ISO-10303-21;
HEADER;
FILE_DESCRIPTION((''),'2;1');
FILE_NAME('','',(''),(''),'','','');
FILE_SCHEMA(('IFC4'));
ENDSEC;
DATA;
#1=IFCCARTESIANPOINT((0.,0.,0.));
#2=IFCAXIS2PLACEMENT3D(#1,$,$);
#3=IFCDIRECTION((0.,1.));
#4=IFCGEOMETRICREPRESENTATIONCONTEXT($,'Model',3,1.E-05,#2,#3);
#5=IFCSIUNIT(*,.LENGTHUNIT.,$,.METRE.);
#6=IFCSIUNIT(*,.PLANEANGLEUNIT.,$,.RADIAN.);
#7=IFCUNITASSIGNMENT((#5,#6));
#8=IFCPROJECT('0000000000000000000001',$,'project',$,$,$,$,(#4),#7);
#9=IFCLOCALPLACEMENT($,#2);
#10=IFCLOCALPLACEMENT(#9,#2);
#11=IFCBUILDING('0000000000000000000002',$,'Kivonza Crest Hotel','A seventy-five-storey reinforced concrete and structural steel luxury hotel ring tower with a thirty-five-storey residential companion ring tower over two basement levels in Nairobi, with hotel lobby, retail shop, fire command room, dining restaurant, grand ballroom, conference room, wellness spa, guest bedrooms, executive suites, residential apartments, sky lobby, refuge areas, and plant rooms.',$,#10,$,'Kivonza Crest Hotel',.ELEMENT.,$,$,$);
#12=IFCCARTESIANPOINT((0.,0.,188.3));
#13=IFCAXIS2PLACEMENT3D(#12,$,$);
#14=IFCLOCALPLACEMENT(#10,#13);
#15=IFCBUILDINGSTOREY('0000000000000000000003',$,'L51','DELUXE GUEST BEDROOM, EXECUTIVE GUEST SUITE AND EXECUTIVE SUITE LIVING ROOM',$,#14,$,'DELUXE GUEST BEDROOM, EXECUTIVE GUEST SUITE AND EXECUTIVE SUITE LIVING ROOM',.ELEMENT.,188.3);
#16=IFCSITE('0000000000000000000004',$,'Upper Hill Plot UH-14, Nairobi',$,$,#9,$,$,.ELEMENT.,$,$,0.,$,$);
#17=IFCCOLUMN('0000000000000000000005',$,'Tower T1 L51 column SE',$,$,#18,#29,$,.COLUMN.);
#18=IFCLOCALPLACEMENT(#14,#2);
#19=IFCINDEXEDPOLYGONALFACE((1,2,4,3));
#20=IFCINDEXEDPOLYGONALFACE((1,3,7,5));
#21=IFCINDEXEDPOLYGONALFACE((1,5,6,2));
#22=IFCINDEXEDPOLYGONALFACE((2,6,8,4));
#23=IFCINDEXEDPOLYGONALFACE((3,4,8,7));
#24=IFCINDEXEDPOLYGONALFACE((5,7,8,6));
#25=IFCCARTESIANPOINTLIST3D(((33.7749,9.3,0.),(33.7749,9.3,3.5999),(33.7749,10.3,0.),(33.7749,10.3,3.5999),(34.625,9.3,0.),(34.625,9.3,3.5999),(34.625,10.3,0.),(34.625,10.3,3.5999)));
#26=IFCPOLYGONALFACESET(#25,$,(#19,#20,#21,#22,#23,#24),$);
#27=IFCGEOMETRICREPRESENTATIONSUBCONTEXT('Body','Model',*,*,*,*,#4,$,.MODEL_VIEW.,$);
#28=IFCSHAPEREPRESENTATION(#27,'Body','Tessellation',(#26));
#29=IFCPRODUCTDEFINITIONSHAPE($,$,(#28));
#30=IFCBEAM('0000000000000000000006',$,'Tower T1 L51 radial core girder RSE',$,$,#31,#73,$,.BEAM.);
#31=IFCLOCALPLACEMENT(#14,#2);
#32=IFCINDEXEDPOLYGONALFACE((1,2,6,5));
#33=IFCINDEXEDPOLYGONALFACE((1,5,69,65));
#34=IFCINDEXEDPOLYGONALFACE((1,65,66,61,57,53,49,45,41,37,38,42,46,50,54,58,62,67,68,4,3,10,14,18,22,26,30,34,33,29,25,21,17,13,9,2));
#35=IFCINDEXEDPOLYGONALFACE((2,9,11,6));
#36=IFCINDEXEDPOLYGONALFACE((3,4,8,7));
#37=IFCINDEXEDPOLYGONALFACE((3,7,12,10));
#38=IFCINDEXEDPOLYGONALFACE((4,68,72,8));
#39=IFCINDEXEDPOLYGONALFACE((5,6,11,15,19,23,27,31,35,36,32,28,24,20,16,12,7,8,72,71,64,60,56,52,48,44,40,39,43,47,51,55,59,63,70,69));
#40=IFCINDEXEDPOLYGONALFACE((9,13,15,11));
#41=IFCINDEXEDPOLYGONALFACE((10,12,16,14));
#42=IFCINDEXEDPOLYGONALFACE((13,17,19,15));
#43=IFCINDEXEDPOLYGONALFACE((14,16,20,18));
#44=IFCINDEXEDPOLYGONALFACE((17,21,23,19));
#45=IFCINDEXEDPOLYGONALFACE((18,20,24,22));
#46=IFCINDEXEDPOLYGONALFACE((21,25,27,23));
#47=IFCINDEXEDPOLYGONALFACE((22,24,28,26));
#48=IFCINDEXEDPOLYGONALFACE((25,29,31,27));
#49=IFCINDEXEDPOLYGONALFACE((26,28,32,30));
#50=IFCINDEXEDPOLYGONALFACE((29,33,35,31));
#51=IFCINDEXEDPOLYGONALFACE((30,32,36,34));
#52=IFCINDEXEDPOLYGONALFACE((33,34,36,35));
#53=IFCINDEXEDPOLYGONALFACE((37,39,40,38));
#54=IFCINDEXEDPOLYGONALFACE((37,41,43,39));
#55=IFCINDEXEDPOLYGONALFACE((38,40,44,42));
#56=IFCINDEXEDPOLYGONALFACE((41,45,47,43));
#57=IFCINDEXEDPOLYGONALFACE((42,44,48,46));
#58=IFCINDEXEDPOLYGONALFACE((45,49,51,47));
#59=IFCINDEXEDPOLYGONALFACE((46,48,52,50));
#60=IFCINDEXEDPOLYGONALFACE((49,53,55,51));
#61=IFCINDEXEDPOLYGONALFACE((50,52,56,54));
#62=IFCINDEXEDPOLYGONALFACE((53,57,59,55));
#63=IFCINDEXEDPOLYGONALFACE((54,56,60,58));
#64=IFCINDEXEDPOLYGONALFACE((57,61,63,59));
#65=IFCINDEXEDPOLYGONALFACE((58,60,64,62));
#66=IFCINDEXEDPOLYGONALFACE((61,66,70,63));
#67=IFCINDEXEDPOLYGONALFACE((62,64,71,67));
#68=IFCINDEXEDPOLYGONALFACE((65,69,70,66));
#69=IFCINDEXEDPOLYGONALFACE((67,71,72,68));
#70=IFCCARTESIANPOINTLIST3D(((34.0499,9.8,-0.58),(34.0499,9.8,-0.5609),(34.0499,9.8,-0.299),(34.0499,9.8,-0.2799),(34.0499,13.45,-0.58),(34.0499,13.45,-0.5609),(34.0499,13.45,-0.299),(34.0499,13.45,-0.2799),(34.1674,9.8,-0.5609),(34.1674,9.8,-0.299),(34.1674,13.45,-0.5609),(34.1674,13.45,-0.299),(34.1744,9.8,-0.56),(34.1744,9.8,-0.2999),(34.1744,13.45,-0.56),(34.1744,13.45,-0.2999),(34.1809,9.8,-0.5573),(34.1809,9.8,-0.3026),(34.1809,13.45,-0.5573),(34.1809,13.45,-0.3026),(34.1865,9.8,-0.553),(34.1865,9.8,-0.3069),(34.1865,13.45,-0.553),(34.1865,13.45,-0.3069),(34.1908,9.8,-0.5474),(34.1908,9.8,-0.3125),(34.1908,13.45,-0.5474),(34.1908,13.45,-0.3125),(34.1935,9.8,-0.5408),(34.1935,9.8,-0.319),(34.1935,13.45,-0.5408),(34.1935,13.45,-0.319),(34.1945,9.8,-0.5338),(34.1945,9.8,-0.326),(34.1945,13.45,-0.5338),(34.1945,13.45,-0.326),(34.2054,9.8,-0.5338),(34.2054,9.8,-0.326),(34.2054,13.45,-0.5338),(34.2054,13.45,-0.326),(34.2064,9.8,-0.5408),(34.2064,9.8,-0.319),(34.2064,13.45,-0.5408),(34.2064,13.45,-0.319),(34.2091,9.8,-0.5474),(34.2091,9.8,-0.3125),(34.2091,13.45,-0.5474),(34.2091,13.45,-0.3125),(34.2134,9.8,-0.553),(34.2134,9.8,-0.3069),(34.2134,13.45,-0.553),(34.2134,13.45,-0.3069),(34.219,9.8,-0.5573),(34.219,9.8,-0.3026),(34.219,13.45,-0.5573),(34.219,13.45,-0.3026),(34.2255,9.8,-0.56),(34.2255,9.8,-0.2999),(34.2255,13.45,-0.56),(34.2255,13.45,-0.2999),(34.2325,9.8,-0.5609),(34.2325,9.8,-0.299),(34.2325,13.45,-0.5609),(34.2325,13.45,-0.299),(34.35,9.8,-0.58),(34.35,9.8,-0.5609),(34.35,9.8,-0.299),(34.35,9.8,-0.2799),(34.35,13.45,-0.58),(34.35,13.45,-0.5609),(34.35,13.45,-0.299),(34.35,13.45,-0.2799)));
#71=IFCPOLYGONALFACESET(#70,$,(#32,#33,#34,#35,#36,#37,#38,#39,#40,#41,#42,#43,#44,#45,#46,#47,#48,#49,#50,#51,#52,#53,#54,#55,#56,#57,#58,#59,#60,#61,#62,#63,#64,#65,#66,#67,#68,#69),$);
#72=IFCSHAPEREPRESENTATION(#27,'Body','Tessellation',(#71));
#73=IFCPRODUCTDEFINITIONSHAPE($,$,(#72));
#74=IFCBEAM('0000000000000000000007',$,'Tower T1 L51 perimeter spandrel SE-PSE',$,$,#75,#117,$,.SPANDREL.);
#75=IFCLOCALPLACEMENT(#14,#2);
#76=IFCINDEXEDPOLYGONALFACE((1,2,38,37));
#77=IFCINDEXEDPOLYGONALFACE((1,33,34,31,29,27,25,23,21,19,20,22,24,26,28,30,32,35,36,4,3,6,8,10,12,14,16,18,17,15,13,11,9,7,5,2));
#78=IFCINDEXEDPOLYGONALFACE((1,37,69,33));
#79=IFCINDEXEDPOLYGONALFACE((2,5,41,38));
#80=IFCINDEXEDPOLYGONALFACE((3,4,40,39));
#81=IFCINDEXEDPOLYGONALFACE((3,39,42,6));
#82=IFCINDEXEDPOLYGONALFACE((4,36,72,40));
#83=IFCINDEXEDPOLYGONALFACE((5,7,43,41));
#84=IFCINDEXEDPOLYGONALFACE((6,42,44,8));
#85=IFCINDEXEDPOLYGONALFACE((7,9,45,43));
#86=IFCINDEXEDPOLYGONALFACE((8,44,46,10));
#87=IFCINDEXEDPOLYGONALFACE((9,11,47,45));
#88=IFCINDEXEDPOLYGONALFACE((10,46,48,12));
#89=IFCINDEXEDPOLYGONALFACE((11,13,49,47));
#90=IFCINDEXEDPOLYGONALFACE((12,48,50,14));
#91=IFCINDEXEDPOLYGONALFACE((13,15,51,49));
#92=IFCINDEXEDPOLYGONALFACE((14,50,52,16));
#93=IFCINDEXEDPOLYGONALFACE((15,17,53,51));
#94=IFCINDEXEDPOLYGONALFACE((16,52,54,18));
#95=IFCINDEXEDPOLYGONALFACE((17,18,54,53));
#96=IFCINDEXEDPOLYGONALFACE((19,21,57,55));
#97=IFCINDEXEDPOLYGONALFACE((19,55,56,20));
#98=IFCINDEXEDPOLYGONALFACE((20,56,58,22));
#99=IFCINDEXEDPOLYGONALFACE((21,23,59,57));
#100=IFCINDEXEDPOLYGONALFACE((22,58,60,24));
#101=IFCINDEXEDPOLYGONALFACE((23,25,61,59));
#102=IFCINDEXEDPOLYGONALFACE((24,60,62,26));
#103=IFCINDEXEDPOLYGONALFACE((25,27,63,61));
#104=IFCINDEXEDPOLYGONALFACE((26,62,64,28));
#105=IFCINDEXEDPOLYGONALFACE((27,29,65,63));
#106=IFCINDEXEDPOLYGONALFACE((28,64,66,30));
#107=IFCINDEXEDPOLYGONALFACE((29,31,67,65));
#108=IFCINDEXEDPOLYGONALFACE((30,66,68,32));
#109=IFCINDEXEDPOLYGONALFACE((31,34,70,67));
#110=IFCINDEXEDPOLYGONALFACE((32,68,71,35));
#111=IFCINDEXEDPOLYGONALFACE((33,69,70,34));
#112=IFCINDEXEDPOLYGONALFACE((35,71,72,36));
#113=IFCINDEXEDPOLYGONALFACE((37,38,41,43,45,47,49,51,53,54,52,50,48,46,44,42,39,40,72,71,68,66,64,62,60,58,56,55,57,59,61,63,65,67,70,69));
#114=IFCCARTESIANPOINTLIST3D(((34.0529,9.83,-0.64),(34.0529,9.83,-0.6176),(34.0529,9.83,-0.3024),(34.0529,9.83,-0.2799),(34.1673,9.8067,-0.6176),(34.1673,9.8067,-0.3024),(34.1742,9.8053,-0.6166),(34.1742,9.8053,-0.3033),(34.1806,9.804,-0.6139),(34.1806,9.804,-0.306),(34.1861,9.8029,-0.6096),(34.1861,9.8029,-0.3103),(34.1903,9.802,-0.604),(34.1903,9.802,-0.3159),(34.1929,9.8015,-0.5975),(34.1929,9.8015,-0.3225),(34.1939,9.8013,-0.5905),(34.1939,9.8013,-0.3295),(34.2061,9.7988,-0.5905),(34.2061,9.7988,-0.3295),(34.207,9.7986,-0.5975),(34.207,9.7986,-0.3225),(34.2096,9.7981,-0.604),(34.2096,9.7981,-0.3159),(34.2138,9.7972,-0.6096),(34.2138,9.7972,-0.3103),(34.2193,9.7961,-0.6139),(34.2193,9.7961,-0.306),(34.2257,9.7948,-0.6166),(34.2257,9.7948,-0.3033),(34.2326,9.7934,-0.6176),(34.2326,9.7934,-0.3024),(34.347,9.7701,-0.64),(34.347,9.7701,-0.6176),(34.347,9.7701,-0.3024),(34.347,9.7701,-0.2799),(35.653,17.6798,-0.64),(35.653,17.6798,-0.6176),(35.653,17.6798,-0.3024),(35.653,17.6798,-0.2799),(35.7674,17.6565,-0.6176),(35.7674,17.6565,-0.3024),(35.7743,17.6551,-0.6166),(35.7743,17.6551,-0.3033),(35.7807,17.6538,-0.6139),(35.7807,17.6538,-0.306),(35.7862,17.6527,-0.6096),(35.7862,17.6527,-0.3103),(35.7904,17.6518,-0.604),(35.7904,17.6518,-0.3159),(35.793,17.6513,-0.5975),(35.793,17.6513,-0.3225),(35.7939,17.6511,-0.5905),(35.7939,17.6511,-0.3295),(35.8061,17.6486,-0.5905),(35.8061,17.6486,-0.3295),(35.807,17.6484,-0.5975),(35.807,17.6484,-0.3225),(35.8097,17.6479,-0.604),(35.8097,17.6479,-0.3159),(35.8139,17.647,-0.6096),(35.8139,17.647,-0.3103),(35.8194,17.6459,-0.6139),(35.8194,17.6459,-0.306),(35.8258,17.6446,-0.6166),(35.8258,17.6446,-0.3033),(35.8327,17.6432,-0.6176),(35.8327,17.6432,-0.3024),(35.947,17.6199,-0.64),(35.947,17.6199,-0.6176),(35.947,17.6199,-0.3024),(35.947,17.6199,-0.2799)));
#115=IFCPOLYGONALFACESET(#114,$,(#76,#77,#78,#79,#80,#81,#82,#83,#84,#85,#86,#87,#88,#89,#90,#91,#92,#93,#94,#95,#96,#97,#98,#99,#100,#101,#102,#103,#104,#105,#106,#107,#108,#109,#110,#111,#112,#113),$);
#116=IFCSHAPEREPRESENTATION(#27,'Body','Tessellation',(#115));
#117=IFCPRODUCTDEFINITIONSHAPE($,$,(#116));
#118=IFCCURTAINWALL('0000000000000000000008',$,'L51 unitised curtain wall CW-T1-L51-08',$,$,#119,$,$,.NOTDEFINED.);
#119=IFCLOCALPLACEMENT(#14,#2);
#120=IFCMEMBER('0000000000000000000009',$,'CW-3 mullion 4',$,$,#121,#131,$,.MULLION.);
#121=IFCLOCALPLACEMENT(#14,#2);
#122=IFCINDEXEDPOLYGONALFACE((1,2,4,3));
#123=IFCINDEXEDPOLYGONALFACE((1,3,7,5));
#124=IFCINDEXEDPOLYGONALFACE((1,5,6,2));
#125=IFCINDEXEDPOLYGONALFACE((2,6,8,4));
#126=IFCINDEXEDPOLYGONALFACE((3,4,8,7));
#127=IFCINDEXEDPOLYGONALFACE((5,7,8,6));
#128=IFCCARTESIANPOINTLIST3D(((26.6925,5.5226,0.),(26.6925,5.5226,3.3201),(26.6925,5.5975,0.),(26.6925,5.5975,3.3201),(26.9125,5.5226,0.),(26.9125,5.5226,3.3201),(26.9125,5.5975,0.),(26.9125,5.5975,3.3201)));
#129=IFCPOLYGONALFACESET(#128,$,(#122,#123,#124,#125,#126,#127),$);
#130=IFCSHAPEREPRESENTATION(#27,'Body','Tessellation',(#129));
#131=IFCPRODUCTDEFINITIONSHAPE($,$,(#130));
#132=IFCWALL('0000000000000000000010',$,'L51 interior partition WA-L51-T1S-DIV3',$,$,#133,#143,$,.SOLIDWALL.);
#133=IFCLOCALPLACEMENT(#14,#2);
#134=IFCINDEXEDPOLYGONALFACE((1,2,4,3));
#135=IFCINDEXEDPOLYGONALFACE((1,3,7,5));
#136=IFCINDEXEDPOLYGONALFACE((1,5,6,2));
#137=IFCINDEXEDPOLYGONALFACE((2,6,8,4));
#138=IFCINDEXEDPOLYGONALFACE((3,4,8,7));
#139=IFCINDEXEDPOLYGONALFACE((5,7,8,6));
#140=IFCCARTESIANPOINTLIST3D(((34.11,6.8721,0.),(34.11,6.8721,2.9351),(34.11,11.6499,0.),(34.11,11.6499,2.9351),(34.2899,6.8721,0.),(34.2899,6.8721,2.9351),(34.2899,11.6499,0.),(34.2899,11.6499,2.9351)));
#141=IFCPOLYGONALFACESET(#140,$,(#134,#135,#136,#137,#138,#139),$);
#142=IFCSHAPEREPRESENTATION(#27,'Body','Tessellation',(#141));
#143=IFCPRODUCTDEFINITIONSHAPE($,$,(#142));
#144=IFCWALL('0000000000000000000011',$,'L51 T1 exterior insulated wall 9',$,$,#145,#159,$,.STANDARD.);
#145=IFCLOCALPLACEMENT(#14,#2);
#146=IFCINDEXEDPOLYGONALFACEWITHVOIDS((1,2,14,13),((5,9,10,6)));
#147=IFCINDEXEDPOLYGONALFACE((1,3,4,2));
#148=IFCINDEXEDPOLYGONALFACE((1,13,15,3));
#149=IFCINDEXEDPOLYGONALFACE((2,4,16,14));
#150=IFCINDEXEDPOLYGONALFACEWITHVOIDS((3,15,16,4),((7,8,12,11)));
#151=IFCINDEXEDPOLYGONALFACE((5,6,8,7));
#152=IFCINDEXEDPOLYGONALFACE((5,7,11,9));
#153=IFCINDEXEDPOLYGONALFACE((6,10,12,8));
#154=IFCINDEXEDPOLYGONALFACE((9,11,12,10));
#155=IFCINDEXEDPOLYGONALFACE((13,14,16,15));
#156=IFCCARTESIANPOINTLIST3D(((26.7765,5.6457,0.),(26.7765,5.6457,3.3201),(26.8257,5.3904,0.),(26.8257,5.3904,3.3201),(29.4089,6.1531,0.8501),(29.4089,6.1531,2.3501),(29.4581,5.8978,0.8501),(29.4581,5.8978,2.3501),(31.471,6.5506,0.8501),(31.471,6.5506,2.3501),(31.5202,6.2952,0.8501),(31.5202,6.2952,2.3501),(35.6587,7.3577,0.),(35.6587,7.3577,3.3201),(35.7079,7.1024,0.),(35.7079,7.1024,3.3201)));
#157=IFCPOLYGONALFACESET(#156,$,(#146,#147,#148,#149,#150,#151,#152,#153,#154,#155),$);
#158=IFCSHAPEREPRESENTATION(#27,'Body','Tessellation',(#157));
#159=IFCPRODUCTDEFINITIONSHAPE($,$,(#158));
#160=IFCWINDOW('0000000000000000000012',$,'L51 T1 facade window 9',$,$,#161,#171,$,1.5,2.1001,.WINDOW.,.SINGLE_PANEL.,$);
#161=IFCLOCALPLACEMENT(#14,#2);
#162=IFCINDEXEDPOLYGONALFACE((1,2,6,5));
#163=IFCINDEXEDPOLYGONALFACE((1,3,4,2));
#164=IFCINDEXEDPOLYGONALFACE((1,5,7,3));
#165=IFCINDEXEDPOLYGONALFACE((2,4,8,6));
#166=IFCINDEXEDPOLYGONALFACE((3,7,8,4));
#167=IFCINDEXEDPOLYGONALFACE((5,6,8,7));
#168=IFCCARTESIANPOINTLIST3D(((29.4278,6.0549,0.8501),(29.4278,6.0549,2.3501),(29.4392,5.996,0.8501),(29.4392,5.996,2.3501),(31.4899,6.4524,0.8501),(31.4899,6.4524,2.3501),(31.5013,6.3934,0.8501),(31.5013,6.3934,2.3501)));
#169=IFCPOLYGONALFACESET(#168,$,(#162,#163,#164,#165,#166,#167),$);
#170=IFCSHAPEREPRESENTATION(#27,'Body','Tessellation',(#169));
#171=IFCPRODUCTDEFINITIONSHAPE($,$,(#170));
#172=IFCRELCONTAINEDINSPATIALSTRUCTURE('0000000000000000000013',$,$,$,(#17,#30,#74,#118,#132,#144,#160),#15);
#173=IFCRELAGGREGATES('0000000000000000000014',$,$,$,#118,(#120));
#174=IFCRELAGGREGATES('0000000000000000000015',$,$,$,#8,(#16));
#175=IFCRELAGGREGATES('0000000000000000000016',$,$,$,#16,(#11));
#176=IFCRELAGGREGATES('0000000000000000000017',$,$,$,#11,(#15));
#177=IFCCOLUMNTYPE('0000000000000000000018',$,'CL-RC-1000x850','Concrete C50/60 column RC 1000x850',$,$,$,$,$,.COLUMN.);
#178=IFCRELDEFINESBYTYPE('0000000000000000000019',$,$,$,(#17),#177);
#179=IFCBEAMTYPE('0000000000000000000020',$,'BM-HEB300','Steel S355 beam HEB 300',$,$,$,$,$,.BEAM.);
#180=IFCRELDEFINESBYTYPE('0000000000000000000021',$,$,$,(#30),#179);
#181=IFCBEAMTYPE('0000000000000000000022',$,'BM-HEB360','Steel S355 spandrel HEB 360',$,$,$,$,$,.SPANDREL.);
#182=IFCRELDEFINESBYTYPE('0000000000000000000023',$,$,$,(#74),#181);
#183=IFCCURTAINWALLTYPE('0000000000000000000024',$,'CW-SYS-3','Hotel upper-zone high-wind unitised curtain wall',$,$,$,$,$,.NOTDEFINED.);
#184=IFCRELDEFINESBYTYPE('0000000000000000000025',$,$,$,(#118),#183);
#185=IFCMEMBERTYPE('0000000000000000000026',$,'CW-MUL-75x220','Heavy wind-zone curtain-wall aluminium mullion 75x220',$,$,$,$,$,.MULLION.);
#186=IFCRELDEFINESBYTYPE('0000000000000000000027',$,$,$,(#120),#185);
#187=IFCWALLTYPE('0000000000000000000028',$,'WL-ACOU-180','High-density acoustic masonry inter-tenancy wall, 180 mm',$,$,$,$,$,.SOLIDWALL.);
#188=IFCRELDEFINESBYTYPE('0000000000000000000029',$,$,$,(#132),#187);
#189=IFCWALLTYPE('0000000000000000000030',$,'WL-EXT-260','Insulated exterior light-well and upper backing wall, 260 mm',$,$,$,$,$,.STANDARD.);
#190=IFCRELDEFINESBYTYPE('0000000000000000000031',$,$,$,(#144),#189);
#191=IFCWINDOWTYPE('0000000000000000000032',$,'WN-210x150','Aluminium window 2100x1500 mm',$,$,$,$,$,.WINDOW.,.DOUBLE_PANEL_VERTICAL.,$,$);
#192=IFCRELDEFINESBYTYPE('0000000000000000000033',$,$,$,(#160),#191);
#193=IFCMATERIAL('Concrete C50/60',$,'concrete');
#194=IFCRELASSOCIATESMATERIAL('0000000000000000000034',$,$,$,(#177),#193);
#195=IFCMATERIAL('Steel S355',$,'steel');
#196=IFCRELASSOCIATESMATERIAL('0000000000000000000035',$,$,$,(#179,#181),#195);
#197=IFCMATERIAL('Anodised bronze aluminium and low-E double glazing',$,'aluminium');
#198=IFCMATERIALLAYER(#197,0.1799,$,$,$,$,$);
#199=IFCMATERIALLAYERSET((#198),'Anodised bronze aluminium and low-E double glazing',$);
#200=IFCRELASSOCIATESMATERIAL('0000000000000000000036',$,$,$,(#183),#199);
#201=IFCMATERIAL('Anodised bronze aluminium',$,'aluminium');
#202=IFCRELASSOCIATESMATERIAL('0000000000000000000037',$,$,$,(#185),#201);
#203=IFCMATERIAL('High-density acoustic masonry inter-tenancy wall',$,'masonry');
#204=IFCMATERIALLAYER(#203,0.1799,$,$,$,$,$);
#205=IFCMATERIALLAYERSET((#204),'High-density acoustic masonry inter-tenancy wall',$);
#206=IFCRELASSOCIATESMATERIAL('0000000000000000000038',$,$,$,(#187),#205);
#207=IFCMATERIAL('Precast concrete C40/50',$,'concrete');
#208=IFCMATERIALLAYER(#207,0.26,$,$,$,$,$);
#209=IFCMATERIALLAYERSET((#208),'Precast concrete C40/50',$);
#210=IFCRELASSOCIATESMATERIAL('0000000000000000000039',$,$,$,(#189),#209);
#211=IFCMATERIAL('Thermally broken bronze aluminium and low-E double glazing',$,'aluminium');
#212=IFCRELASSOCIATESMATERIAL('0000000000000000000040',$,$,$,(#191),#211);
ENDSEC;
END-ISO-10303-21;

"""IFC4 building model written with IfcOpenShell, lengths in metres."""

from ifc_helpers import new_model, si_unit, direction, frame, frame_2d, origin, origin_2d, place, context, subcontext, project, spatial, rectangle, i_section, extrude, material, layer, layer_set, material_profile, profile_set, type_object, element, fill, aggregate, save


model = new_model("IFC4")

# Units and contexts
model_context = context("Model", 3, precision=1e-05, world=origin(), true_north=direction((0.0, 1.0)))
body_context = subcontext(model_context, "Body", "Model", "MODEL_VIEW")
ifc_project = project(units=[si_unit("LENGTHUNIT", "METRE"), si_unit("PLANEANGLEUNIT", "RADIAN")], contexts=[model_context])

# Site, building, storey
site_placement = place(None, origin())
site = spatial("IfcSite", under=ifc_project, at=site_placement, Name="Upper Hill Plot UH-14, Nairobi", CompositionType="ELEMENT", RefElevation=0.0)
building_placement = place(site_placement, origin())
building = spatial("IfcBuilding", under=site, at=building_placement, Name="Kivonza Crest Hotel", Description="A seventy-five-storey reinforced concrete and structural steel luxury hotel ring tower with a thirty-five-storey residential companion ring tower over two basement levels in Nairobi, with hotel lobby, retail shop, fire command room, dining restaurant, grand ballroom, conference room, wellness spa, guest bedrooms, executive suites, residential apartments, sky lobby, refuge areas, and plant rooms.", LongName="Kivonza Crest Hotel", CompositionType="ELEMENT")
storey_placement = place(building_placement, frame((0.0, 0.0, 188.3)))
storey = spatial("IfcBuildingStorey", under=building, at=storey_placement, Name="L51", Description="DELUXE GUEST BEDROOM, EXECUTIVE GUEST SUITE AND EXECUTIVE SUITE LIVING ROOM", LongName="DELUXE GUEST BEDROOM, EXECUTIVE GUEST SUITE AND EXECUTIVE SUITE LIVING ROOM", CompositionType="ELEMENT", Elevation=188.3)

# Column
ifc_material_1 = material(Name="Concrete C50/60", Category="concrete")
ifc_material_profile_1 = material_profile(ifc_material_1, rectangle(XDim=0.8501, YDim=1.0, at=origin_2d()), Name="RC 1000x850")
ifc_profile_set_1 = profile_set([ifc_material_profile_1], Name="Concrete C50/60")
column_type = type_object("IfcColumnType", Name="CL-RC-1000x850", Description="Concrete C50/60 column RC 1000x850", PredefinedType="COLUMN", material=ifc_profile_set_1)
column_placement = place(storey_placement, frame((34.2, 9.8, 0.0), z_axis=(0.0, 0.0, 1.0), x_axis=(1.0, 0.0, 0.0)))
element("IfcColumn", 1, at=column_placement, inside=storey, type_object=column_type, Name="Tower T1 L51 column SE", PredefinedType="COLUMN", context=body_context, shape_type="SweptSolid", body=[
    extrude(rectangle(XDim=0.8501, YDim=1.0, at=origin_2d()), origin(), (0.0, 0.0, 1.0), 3.5999),
])

# Beams
ifc_material_2 = material(Name="Steel S355", Category="steel")
ifc_material_profile_2 = material_profile(ifc_material_2, i_section(OverallWidth=0.3, OverallDepth=0.3, WebThickness=0.011, FlangeThickness=0.019, FilletRadius=0.0271, at=origin_2d()), Name="HEB 300")
ifc_profile_set_2 = profile_set([ifc_material_profile_2], Name="Steel S355")
beam_type_1 = type_object("IfcBeamType", Name="BM-HEB300", Description="Steel S355 beam HEB 300", PredefinedType="BEAM", material=ifc_profile_set_2)
beam_1_placement = place(storey_placement, frame((34.2, 9.8, -0.4299), z_axis=(0.0, 1.0, 0.0), x_axis=(-1.0, 0.0, 0.0)))
element("IfcBeam", 2, at=beam_1_placement, inside=storey, type_object=beam_type_1, Name="Tower T1 L51 radial core girder RSE", PredefinedType="BEAM", context=body_context, shape_type="SweptSolid", body=[
    extrude(i_section(OverallWidth=0.3, OverallDepth=0.3, WebThickness=0.011, FlangeThickness=0.019, FilletRadius=0.0271, at=origin_2d()), origin(), (0.0, 0.0, 1.0), 3.6499),
])
ifc_material_profile_3 = material_profile(ifc_material_2, i_section(OverallWidth=0.3, OverallDepth=0.3601, WebThickness=0.0125, FlangeThickness=0.0225, FilletRadius=0.0271, at=origin_2d()), Name="HEB 360")
ifc_profile_set_3 = profile_set([ifc_material_profile_3], Name="Steel S355")
beam_type_2 = type_object("IfcBeamType", Name="BM-HEB360", Description="Steel S355 spandrel HEB 360", PredefinedType="SPANDREL", material=ifc_profile_set_3)
beam_2_placement = place(storey_placement, frame((34.2, 9.8, -0.46), z_axis=(0.199731, 0.979851, 0.0), x_axis=(-0.979851, 0.199731, 0.0)))
element("IfcBeam", 3, at=beam_2_placement, inside=storey, type_object=beam_type_2, Name="Tower T1 L51 perimeter spandrel SE-PSE", PredefinedType="SPANDREL", context=body_context, shape_type="SweptSolid", body=[
    extrude(i_section(OverallWidth=0.3, OverallDepth=0.3601, WebThickness=0.0125, FlangeThickness=0.0225, FilletRadius=0.0271, at=origin_2d()), origin(), (0.0, 0.0, 1.0), 8.0112),
])

# Curtain wall, member
ifc_material_3 = material(Name="Anodised bronze aluminium and low-E double glazing", Category="aluminium")
ifc_layer_1 = layer(ifc_material_3, 0.1799)
ifc_layer_set_1 = layer_set([ifc_layer_1], Name="Anodised bronze aluminium and low-E double glazing")
curtain_wall_type = type_object("IfcCurtainWallType", Name="CW-SYS-3", Description="Hotel upper-zone high-wind unitised curtain wall", PredefinedType="NOTDEFINED", material=ifc_layer_set_1)
curtain_wall_placement = place(storey_placement, origin())
curtain_wall = element("IfcCurtainWall", 4, at=curtain_wall_placement, inside=storey, type_object=curtain_wall_type, Name="L51 unitised curtain wall CW-T1-L51-08", PredefinedType="NOTDEFINED")
ifc_material_4 = material(Name="Anodised bronze aluminium", Category="aluminium")
ifc_material_profile_4 = material_profile(ifc_material_4, rectangle(XDim=0.075, YDim=0.22, at=origin_2d()), Name="CW-M 75x220")
ifc_profile_set_4 = profile_set([ifc_material_profile_4], Name="Anodised bronze aluminium")
member_type = type_object("IfcMemberType", Name="CW-MUL-75x220", Description="Heavy wind-zone curtain-wall aluminium mullion 75x220", PredefinedType="MULLION", material=ifc_profile_set_4)
member_placement = place(storey_placement, frame((26.8025, 5.5601, 0.0), z_axis=(0.0, 0.0, 1.0), x_axis=(0.0, 1.0, 0.0)))
member = element("IfcMember", 5, at=member_placement, type_object=member_type, Name="CW-3 mullion 4", PredefinedType="MULLION", context=body_context, shape_type="SweptSolid", body=[
    extrude(rectangle(XDim=0.075, YDim=0.22, at=origin_2d()), origin(), (0.0, 0.0, 1.0), 3.3201),
])
aggregate(curtain_wall, [member])

# Wall
ifc_material_5 = material(Name="High-density acoustic masonry inter-tenancy wall", Category="masonry")
ifc_layer_2 = layer(ifc_material_5, 0.1799)
ifc_layer_set_2 = layer_set([ifc_layer_2], Name="High-density acoustic masonry inter-tenancy wall")
wall_type_1 = type_object("IfcWallType", Name="WL-ACOU-180", Description="High-density acoustic masonry inter-tenancy wall, 180 mm", PredefinedType="SOLIDWALL", material=ifc_layer_set_2)
wall_1_placement = place(storey_placement, frame((34.2, 6.8721, 0.0), z_axis=(0.0, 0.0, 1.0), x_axis=(0.0, 1.0, 0.0)))
element("IfcWall", 6, at=wall_1_placement, inside=storey, type_object=wall_type_1, Name="L51 interior partition WA-L51-T1S-DIV3", PredefinedType="SOLIDWALL", context=body_context, shape_type="SweptSolid", body=[
    extrude(rectangle(XDim=4.7778, YDim=0.1799, at=frame_2d((2.3889, 0.0))), origin(), (0.0, 0.0, 1.0), 2.9351),
])

# Wall, opening, window
ifc_material_6 = material(Name="Precast concrete C40/50", Category="concrete")
ifc_layer_3 = layer(ifc_material_6, 0.26)
ifc_layer_set_3 = layer_set([ifc_layer_3], Name="Precast concrete C40/50")
wall_type_2 = type_object("IfcWallType", Name="WL-EXT-260", Description="Insulated exterior light-well and upper backing wall, 260 mm", PredefinedType="STANDARD", material=ifc_layer_set_3)
wall_2_placement = place(storey_placement, frame((26.801, 5.5181, 0.0), z_axis=(0.0, 0.0, 1.0), x_axis=(0.981928, 0.189255, 0.0)))
wall_2 = element("IfcWall", 7, at=wall_2_placement, inside=storey, type_object=wall_type_2, Name="L51 T1 exterior insulated wall 9", PredefinedType="STANDARD", context=body_context, shape_type="SweptSolid", body=[
    extrude(rectangle(XDim=9.0457, YDim=0.26, at=frame_2d((4.5229, 0.0))), origin(), (0.0, 0.0, 1.0), 3.3201),
])
opening_1_placement = place(wall_2_placement, frame((2.6809, 0.0, 0.8501)))
opening_1 = element("IfcOpeningElement", 8, at=opening_1_placement, cuts=wall_2, PredefinedType="OPENING", context=body_context, shape_type="SweptSolid", body=[
    extrude(rectangle(XDim=2.1001, YDim=1.5, at=frame_2d((1.05, 0.75))), frame((0.0, 0.1401, 0.0), z_axis=(0.0, -1.0, 0.0), x_axis=(1.0, 0.0, 0.0)), (0.0, 0.0, 1.0), 0.28),
])
ifc_material_7 = material(Name="Thermally broken bronze aluminium and low-E double glazing", Category="aluminium")
window_type = type_object("IfcWindowType", Name="WN-210x150", Description="Aluminium window 2100x1500 mm", PartitioningType="DOUBLE_PANEL_VERTICAL", PredefinedType="WINDOW", material=ifc_material_7)
window_1_placement = place(opening_1_placement, origin())
window_1 = element("IfcWindow", 9, at=window_1_placement, inside=storey, type_object=window_type, Name="L51 T1 facade window 9", OverallHeight=1.5, OverallWidth=2.1001, PartitioningType="SINGLE_PANEL", PredefinedType="WINDOW", context=body_context, shape_type="SweptSolid", body=[
    extrude(rectangle(XDim=2.1001, YDim=1.5, at=frame_2d((1.05, 0.75))), frame((0.0, 0.03, 0.0), z_axis=(0.0, -1.0, 0.0), x_axis=(1.0, 0.0, 0.0)), (0.0, 0.0, 1.0), 0.0601),
])
fill(opening_1, window_1)

save(model, "model.ifc")
